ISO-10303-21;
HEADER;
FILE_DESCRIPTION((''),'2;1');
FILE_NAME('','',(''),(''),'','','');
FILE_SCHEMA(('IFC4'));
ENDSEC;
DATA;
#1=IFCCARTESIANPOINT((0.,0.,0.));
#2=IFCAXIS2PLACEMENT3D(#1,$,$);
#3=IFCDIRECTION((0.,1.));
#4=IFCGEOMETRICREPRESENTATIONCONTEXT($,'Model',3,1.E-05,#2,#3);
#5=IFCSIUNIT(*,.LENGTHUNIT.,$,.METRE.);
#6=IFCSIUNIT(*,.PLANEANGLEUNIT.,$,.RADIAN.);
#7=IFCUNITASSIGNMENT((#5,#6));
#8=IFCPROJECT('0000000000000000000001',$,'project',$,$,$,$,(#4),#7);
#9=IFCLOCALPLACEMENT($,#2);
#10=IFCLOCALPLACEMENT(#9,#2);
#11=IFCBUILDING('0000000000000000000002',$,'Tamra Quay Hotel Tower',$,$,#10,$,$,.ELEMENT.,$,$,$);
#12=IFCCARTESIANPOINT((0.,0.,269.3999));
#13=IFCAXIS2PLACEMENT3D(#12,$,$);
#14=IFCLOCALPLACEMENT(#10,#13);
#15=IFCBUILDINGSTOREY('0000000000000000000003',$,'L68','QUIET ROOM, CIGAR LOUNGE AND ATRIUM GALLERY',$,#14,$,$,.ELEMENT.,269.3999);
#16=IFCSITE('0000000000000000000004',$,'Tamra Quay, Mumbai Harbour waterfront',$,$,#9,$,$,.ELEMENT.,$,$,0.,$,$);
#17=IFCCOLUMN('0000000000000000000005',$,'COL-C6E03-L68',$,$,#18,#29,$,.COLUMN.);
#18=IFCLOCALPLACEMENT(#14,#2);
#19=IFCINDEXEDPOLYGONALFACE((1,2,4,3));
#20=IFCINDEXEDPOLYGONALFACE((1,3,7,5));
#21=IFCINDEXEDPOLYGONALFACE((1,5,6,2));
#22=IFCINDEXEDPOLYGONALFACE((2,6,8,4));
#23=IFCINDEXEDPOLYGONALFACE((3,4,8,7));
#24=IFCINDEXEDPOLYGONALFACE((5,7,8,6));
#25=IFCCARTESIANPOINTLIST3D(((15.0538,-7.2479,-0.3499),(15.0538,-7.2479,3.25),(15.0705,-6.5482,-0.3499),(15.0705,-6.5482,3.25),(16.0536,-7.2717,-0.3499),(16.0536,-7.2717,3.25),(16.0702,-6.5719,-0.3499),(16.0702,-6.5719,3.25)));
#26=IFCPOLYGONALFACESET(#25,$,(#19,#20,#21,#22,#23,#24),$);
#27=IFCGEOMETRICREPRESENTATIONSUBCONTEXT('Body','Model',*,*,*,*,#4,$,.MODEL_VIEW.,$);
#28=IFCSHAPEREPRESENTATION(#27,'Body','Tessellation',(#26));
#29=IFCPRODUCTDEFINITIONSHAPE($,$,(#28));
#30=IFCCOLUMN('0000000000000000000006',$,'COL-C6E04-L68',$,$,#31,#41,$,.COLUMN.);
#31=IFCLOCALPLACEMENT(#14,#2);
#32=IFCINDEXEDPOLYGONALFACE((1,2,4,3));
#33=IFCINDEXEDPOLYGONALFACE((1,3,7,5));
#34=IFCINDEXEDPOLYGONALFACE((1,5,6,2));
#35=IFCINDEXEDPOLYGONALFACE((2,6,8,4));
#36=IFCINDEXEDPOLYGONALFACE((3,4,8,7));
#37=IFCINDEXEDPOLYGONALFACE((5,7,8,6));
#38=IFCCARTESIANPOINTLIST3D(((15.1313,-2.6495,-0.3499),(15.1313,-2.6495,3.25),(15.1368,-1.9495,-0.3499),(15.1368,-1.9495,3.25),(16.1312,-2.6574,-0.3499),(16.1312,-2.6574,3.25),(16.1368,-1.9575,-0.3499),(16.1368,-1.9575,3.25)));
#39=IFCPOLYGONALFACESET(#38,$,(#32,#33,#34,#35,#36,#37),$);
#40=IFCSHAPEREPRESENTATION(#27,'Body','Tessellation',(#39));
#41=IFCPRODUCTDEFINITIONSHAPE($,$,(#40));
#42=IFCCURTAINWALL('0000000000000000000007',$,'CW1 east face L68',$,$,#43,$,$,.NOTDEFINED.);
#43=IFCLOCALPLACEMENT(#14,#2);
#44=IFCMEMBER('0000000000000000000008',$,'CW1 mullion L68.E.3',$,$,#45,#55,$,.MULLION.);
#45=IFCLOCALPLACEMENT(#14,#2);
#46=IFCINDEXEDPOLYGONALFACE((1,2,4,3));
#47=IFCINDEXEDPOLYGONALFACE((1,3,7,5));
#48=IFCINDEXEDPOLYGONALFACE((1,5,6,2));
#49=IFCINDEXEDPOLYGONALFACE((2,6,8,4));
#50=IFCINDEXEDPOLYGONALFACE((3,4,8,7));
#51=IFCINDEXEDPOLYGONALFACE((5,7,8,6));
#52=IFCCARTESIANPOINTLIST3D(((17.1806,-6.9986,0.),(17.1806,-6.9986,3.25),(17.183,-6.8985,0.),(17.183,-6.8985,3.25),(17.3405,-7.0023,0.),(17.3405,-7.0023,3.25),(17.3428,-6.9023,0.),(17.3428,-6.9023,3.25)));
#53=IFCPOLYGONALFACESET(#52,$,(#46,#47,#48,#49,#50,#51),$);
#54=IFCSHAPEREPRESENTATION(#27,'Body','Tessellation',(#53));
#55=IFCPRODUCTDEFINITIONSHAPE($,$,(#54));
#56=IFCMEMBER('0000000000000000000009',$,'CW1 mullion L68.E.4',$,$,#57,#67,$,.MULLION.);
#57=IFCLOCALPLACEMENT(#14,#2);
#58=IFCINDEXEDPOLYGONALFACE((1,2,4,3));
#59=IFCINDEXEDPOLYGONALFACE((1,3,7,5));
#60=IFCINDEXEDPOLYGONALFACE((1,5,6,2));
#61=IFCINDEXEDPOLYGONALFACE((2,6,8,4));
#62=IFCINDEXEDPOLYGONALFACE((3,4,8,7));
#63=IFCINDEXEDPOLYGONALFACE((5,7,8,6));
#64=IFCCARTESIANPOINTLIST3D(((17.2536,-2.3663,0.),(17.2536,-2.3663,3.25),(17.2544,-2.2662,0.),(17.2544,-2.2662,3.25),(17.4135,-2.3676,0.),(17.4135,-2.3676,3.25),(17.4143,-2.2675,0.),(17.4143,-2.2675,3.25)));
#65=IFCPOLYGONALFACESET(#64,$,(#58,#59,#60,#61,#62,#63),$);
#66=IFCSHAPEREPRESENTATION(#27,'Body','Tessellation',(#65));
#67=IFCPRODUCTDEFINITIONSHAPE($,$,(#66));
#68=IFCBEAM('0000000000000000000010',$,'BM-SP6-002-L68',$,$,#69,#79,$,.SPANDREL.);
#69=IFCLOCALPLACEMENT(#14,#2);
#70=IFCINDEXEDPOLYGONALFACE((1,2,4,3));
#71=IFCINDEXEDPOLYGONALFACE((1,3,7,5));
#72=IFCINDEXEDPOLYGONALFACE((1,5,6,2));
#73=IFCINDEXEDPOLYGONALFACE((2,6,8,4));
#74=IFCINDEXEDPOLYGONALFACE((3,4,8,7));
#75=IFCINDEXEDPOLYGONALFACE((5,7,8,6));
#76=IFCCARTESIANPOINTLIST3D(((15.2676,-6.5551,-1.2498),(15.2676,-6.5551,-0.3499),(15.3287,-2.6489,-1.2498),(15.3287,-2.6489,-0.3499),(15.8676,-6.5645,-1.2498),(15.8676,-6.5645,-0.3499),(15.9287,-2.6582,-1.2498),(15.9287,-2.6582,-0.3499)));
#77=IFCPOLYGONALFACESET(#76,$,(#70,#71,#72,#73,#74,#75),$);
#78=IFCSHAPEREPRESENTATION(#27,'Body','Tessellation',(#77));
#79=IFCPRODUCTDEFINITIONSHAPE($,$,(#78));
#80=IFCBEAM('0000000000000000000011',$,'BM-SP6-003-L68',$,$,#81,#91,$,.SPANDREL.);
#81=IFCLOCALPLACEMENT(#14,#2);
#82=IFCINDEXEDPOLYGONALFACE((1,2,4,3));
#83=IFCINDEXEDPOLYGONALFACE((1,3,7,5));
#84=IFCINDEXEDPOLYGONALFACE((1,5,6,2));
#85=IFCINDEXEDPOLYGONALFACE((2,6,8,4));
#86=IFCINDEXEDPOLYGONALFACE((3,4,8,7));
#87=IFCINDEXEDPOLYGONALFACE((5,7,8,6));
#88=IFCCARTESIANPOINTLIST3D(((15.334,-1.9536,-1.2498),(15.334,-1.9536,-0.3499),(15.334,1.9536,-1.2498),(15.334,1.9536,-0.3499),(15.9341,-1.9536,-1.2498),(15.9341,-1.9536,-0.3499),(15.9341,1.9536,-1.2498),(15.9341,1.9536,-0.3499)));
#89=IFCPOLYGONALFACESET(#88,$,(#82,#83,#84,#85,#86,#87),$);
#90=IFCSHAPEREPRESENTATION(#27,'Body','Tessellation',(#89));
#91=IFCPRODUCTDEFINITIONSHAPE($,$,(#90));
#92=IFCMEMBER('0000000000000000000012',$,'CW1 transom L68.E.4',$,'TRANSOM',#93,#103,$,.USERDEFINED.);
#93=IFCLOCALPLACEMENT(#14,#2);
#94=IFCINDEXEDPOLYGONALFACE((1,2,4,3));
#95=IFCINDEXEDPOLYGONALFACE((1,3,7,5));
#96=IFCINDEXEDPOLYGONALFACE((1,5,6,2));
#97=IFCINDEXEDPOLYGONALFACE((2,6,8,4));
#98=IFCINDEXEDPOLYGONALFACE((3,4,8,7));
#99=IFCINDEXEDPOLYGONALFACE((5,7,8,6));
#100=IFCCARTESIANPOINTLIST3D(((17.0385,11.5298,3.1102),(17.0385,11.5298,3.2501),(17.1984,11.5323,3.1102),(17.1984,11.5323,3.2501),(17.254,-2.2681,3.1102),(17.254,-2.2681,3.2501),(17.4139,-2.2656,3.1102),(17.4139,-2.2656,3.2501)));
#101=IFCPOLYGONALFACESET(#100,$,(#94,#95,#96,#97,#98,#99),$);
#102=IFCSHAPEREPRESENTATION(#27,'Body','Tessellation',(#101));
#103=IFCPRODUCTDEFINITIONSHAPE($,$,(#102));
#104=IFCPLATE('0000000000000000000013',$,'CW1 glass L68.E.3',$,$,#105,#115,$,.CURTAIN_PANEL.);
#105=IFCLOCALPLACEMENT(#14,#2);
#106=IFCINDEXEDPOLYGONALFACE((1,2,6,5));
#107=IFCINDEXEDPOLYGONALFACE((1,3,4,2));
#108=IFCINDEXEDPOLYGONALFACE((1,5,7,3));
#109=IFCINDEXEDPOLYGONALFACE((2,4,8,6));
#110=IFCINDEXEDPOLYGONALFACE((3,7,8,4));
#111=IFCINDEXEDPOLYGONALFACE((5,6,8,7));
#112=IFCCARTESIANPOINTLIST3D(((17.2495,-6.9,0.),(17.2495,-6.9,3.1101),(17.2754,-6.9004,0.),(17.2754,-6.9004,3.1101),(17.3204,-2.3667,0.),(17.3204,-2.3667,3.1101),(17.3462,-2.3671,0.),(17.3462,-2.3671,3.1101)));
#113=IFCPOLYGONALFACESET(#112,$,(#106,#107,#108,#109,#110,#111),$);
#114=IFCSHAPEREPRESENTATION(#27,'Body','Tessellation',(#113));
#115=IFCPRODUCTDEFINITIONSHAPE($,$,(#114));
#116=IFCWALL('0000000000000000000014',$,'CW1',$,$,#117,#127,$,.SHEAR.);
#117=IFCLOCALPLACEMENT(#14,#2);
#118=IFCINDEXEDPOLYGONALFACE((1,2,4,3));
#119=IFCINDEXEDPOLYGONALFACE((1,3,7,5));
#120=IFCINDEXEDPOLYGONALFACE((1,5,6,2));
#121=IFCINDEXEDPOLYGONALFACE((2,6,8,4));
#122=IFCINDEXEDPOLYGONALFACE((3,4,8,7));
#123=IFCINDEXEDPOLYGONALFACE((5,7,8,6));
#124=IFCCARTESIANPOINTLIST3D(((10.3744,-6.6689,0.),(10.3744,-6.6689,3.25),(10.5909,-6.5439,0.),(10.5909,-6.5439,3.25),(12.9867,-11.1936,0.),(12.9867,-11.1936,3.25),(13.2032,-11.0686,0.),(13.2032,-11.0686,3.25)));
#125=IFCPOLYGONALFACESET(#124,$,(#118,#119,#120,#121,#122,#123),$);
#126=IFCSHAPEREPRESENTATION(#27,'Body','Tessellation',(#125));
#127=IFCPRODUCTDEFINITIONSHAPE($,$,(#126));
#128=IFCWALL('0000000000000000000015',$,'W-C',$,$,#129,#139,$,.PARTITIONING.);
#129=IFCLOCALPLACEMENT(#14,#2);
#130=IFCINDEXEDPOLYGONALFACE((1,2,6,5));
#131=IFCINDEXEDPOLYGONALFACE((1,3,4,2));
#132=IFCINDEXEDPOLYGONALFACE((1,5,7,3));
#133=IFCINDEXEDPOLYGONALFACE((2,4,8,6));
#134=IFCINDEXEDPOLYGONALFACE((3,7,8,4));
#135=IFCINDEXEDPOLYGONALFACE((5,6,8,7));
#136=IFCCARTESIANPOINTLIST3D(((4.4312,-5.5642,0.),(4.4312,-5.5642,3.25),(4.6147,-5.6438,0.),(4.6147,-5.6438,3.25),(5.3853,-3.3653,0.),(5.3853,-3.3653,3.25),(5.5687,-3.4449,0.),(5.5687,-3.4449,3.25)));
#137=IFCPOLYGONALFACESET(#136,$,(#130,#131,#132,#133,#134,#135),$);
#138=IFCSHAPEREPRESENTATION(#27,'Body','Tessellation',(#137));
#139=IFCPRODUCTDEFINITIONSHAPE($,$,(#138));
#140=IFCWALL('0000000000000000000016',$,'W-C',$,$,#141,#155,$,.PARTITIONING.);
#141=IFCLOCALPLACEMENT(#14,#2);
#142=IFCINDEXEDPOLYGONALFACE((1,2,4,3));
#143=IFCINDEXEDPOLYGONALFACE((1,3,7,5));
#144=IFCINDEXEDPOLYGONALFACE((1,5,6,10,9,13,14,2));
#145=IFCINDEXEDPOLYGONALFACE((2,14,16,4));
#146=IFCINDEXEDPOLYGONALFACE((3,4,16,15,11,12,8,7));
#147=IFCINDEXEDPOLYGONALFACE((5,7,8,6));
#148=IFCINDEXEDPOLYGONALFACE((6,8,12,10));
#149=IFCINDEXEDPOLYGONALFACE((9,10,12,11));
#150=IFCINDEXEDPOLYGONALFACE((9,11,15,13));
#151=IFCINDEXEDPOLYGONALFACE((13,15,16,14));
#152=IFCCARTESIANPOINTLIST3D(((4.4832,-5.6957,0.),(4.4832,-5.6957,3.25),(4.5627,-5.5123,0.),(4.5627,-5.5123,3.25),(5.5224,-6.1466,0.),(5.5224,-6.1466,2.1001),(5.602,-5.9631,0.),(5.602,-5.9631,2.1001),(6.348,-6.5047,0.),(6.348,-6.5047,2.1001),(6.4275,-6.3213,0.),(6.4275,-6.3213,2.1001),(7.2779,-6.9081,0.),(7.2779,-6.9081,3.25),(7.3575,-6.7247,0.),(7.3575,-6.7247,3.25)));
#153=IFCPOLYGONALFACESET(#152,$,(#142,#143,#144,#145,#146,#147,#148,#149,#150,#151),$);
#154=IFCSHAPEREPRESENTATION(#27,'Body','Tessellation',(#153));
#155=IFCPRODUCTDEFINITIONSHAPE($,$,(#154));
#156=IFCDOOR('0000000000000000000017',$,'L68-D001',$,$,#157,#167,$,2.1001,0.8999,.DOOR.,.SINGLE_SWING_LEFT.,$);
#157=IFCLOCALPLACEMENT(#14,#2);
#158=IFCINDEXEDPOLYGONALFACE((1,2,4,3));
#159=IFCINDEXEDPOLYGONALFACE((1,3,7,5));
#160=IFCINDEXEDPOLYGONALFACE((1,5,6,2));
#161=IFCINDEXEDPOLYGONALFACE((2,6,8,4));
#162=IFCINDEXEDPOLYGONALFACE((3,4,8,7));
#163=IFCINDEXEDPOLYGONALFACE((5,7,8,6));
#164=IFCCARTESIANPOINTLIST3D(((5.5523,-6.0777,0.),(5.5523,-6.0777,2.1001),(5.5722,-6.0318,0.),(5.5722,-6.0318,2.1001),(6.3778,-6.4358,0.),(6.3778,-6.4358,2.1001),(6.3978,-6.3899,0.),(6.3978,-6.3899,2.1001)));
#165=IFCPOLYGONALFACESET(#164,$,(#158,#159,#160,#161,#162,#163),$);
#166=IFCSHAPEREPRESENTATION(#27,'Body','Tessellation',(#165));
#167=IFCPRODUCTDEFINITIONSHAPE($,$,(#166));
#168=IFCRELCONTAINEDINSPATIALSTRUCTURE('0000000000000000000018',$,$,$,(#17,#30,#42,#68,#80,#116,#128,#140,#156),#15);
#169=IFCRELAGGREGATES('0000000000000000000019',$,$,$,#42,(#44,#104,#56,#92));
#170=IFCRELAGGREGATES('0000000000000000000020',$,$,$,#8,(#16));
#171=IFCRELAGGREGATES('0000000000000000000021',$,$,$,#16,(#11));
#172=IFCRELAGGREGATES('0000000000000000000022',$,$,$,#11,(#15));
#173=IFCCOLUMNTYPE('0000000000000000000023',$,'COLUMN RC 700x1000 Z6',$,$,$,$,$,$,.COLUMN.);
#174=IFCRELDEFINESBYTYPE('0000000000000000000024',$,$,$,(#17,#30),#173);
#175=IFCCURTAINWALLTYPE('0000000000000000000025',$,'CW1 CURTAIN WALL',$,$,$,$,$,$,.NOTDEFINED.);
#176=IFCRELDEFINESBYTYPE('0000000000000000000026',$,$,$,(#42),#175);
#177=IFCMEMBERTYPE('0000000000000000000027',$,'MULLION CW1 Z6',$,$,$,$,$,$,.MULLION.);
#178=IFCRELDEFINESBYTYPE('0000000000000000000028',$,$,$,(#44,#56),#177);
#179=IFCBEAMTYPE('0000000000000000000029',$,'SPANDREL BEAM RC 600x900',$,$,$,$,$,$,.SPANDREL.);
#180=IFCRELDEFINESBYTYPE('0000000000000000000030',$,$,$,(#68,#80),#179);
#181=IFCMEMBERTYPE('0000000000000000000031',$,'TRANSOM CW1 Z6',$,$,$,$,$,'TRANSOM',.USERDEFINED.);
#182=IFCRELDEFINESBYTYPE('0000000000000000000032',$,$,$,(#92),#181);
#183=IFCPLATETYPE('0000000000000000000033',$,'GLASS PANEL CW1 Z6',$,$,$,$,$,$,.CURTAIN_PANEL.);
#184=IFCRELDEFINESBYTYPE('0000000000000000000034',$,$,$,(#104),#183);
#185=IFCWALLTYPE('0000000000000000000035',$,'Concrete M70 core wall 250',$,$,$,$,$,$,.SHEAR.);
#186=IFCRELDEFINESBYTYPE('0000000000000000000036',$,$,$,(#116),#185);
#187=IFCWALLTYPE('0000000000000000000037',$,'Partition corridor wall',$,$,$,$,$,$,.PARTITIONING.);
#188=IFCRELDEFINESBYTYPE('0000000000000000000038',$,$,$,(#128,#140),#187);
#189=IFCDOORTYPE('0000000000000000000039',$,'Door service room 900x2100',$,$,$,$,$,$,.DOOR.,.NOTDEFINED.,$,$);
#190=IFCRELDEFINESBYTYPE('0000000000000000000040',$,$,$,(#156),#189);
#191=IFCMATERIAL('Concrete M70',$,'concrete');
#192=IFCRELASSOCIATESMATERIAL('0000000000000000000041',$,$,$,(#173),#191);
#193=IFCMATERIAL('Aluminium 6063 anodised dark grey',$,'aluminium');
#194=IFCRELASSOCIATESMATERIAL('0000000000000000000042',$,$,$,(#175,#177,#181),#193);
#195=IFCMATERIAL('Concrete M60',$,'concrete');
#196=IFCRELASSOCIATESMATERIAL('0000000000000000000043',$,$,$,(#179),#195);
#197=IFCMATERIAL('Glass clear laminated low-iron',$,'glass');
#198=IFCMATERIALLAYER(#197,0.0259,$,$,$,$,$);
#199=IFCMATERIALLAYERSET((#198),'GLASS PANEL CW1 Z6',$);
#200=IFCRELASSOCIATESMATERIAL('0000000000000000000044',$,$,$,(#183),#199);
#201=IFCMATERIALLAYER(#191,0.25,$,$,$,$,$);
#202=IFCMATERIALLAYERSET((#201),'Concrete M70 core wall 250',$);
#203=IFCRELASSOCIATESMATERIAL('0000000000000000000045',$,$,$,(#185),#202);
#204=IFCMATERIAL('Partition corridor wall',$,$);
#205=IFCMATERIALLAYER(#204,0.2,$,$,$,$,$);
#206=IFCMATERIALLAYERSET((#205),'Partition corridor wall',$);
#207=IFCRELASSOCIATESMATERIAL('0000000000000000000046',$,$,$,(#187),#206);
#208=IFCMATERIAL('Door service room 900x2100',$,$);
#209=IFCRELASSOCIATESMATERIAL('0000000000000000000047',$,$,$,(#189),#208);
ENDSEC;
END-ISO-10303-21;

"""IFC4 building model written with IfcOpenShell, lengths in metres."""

from ifc_helpers import new_model, si_unit, direction, frame, frame_2d, origin, origin_2d, place, context, subcontext, project, spatial, rectangle, extrude, material, layer, layer_set, material_profile, profile_set, type_object, element, fill, aggregate, save


model = new_model("IFC4")

# Units and contexts
model_context = context("Model", 3, precision=1e-05, world=origin(), true_north=direction((0.0, 1.0)))
body_context = subcontext(model_context, "Body", "Model", "MODEL_VIEW")
ifc_project = project(units=[si_unit("LENGTHUNIT", "METRE"), si_unit("PLANEANGLEUNIT", "RADIAN")], contexts=[model_context])

# Site, building, storey
site_placement = place(None, origin())
site = spatial("IfcSite", under=ifc_project, at=site_placement, Name="Tamra Quay, Mumbai Harbour waterfront", CompositionType="ELEMENT", RefElevation=0.0)
building_placement = place(site_placement, origin())
building = spatial("IfcBuilding", under=site, at=building_placement, Name="Tamra Quay Hotel Tower", CompositionType="ELEMENT")
storey_placement = place(building_placement, frame((0.0, 0.0, 269.3999)))
storey = spatial("IfcBuildingStorey", under=building, at=storey_placement, Name="L68", Description="QUIET ROOM, CIGAR LOUNGE AND ATRIUM GALLERY", CompositionType="ELEMENT", Elevation=269.3999)

# Columns
ifc_material_1 = material(Name="Concrete M70", Category="concrete")
ifc_material_profile_1 = material_profile(ifc_material_1, rectangle(XDim=1.0, YDim=0.7, at=origin_2d()), Name="COLUMN RC 700x1000 Z6")
ifc_profile_set_1 = profile_set([ifc_material_profile_1], Name="Concrete M70")
column_type = type_object("IfcColumnType", Name="COLUMN RC 700x1000 Z6", PredefinedType="COLUMN", material=ifc_profile_set_1)
for number, where, z_axis, x_axis, name in (
    (1, (15.562, -6.9099, -0.3499), (0.0, 0.0, 1.0), (-0.999718, 0.023753, 0.0), "COL-C6E03-L68"),
    (2, (15.634, -2.3035, -0.3499), (0.0, 0.0, 1.0), (-0.999969, 0.00792, 0.0), "COL-C6E04-L68"),
):
    element("IfcColumn", number, at=place(storey_placement, frame(where, z_axis=z_axis, x_axis=x_axis)), inside=storey, type_object=column_type, Name=name, PredefinedType="COLUMN", context=body_context, shape_type="SweptSolid", body=[
        extrude(rectangle(XDim=1.0, YDim=0.7, at=origin_2d()), origin(), (0.0, 0.0, 1.0), 3.5999),
    ])

# Curtain wall, members
ifc_material_2 = material(Name="Aluminium 6063 anodised dark grey", Category="aluminium")
curtain_wall_type = type_object("IfcCurtainWallType", Name="CW1 CURTAIN WALL", PredefinedType="NOTDEFINED", material=ifc_material_2)
curtain_wall_placement = place(storey_placement, origin())
curtain_wall = element("IfcCurtainWall", 3, at=curtain_wall_placement, inside=storey, type_object=curtain_wall_type, Name="CW1 east face L68", PredefinedType="NOTDEFINED")
ifc_material_profile_2 = material_profile(ifc_material_2, rectangle(XDim=0.1599, YDim=0.1001, at=origin_2d()), Name="MULLION 100X160")
ifc_profile_set_2 = profile_set([ifc_material_profile_2], Name="Aluminium 6063 anodised dark grey")
member_type_1 = type_object("IfcMemberType", Name="MULLION CW1 Z6", PredefinedType="MULLION", material=ifc_profile_set_2)
member_1_placement = place(storey_placement, frame((17.2617, -6.9504, 0.0), z_axis=(0.0, 0.0, 1.0), x_axis=(0.999725, -0.023438, 0.0)))
member_1 = element("IfcMember", 4, at=member_1_placement, type_object=member_type_1, Name="CW1 mullion L68.E.3", PredefinedType="MULLION", context=body_context, shape_type="SweptSolid", body=[
    extrude(rectangle(XDim=0.1599, YDim=0.1001, at=origin_2d()), origin(), (0.0, 0.0, 1.0), 3.25),
])
member_2_placement = place(storey_placement, frame((17.334, -2.3169, 0.0), z_axis=(0.0, 0.0, 1.0), x_axis=(0.999969, -0.007816, 0.0)))
member_2 = element("IfcMember", 5, at=member_2_placement, type_object=member_type_1, Name="CW1 mullion L68.E.4", PredefinedType="MULLION", context=body_context, shape_type="SweptSolid", body=[
    extrude(rectangle(XDim=0.1599, YDim=0.1001, at=origin_2d()), origin(), (0.0, 0.0, 1.0), 3.25),
])

# Beams
ifc_material_3 = material(Name="Concrete M60", Category="concrete")
ifc_material_profile_3 = material_profile(ifc_material_3, rectangle(XDim=0.6001, YDim=0.8999, at=origin_2d()), Name="SPANDREL BEAM RC 600x900")
ifc_profile_set_3 = profile_set([ifc_material_profile_3], Name="Concrete M60")
beam_type = type_object("IfcBeamType", Name="SPANDREL BEAM RC 600x900", PredefinedType="SPANDREL", material=ifc_profile_set_3)
beam_1_placement = place(storey_placement, frame((15.5676, -6.5598, -0.7998), z_axis=(0.015623, 0.999878, 0.0), x_axis=(-0.999878, 0.015623, 0.0)))
element("IfcBeam", 6, at=beam_1_placement, inside=storey, type_object=beam_type, Name="BM-SP6-002-L68", PredefinedType="SPANDREL", context=body_context, shape_type="SweptSolid", body=[
    extrude(rectangle(XDim=0.6001, YDim=0.8999, at=origin_2d()), origin(), (0.0, 0.0, 1.0), 3.9067),
])
beam_2_placement = place(storey_placement, frame((15.634, -1.9536, -0.7998), z_axis=(0.0, 1.0, 0.0), x_axis=(-1.0, 0.0, 0.0)))
element("IfcBeam", 7, at=beam_2_placement, inside=storey, type_object=beam_type, Name="BM-SP6-003-L68", PredefinedType="SPANDREL", context=body_context, shape_type="SweptSolid", body=[
    extrude(rectangle(XDim=0.6001, YDim=0.8999, at=origin_2d()), origin(), (0.0, 0.0, 1.0), 3.9072),
])

# Member
ifc_material_profile_4 = material_profile(ifc_material_2, rectangle(XDim=0.1599, YDim=0.1399, at=origin_2d()), Name="TRANSOM 160X140")
ifc_profile_set_4 = profile_set([ifc_material_profile_4], Name="Aluminium 6063 anodised dark grey")
member_type_2 = type_object("IfcMemberType", Name="TRANSOM CW1 Z6", ElementType="TRANSOM", PredefinedType="USERDEFINED", material=ifc_profile_set_4)
member_3_placement = place(storey_placement, frame((17.334, -2.2668, 3.1802), z_axis=(-0.015622, 0.999878, 0.0), x_axis=(-0.999878, -0.015622, 0.0)))
member_3 = element("IfcMember", 8, at=member_3_placement, type_object=member_type_2, Name="CW1 transom L68.E.4", ObjectType="TRANSOM", PredefinedType="USERDEFINED", context=body_context, shape_type="SweptSolid", body=[
    extrude(rectangle(XDim=0.1599, YDim=0.1399, at=origin_2d()), origin(), (0.0, 0.0, 1.0), 13.7996),
])

# Plate
ifc_material_4 = material(Name="Glass clear laminated low-iron", Category="glass")
ifc_layer_1 = layer(ifc_material_4, 0.0259)
ifc_layer_set_1 = layer_set([ifc_layer_1], Name="GLASS PANEL CW1 Z6")
plate_type = type_object("IfcPlateType", Name="GLASS PANEL CW1 Z6", PredefinedType="CURTAIN_PANEL", material=ifc_layer_set_1)
plate_placement = place(storey_placement, frame((17.2979, -4.6335, 0.0), z_axis=(0.0, 0.0, 1.0), x_axis=(0.015632, 0.999878, 0.0)))
plate = element("IfcPlate", 9, at=plate_placement, type_object=plate_type, Name="CW1 glass L68.E.3", PredefinedType="CURTAIN_PANEL", context=body_context, shape_type="SweptSolid", body=[
    extrude(rectangle(XDim=4.5339, YDim=0.0259, at=origin_2d()), origin(), (0.0, 0.0, 1.0), 3.1101),
])
aggregate(curtain_wall, [member_1, plate, member_2, member_3])

# Walls
ifc_layer_2 = layer(ifc_material_1, 0.25)
ifc_layer_set_2 = layer_set([ifc_layer_2], Name="Concrete M70 core wall 250")
wall_type_1 = type_object("IfcWallType", Name="Concrete M70 core wall 250", PredefinedType="SHEAR", material=ifc_layer_set_2)
wall_1_placement = place(storey_placement, frame((10.4827, -6.6064, 0.0), z_axis=(0.0, 0.0, 1.0), x_axis=(0.499999, -0.866026, 0.0)))
element("IfcWall", 10, at=wall_1_placement, inside=storey, type_object=wall_type_1, Name="CW1", PredefinedType="SHEAR", context=body_context, shape_type="SweptSolid", body=[
    extrude(rectangle(XDim=5.2246, YDim=0.25, at=frame_2d((2.6123, 0.0))), origin(), (0.0, 0.0, 1.0), 3.25),
])
ifc_material_5 = material(Name="Partition corridor wall")
ifc_layer_3 = layer(ifc_material_5, 0.2)
ifc_layer_set_3 = layer_set([ifc_layer_3], Name="Partition corridor wall")
wall_type_2 = type_object("IfcWallType", Name="Partition corridor wall", PredefinedType="PARTITIONING", material=ifc_layer_set_3)
wall_2_placement = place(storey_placement, frame((4.5229, -5.604, 0.0), z_axis=(0.0, 0.0, 1.0), x_axis=(0.398033, 0.917371, 0.0)))
element("IfcWall", 11, at=wall_2_placement, inside=storey, type_object=wall_type_2, Name="W-C", PredefinedType="PARTITIONING", context=body_context, shape_type="SweptSolid", body=[
    extrude(rectangle(XDim=2.397, YDim=0.2, at=frame_2d((1.1985, 0.0))), origin(), (0.0, 0.0, 1.0), 3.25),
])

# Wall, opening, door
wall_3_placement = place(storey_placement, frame((4.5229, -5.604, 0.0), z_axis=(0.0, 0.0, 1.0), x_axis=(0.917391, -0.397987, 0.0)))
wall_3 = element("IfcWall", 12, at=wall_3_placement, inside=storey, type_object=wall_type_2, Name="W-C", PredefinedType="PARTITIONING", context=body_context, shape_type="SweptSolid", body=[
    extrude(rectangle(XDim=3.0464, YDim=0.2, at=frame_2d((1.5232, 0.0))), origin(), (0.0, 0.0, 1.0), 3.25),
])
opening_1_placement = place(wall_3_placement, frame((1.1328, 0.0, 0.0)))
opening_1 = element("IfcOpeningElement", 13, at=opening_1_placement, cuts=wall_3, PredefinedType="OPENING", context=body_context, shape_type="SweptSolid", body=[
    extrude(rectangle(XDim=0.8999, YDim=2.1001, at=frame_2d((0.45, 1.05))), frame((0.0, 0.1099, 0.0), z_axis=(0.0, -1.0, 0.0), x_axis=(1.0, 0.0, 0.0)), (0.0, 0.0, 1.0), 0.22),
])
ifc_material_6 = material(Name="Door service room 900x2100")
door_type_1 = type_object("IfcDoorType", Name="Door service room 900x2100", OperationType="NOTDEFINED", PredefinedType="DOOR", material=ifc_material_6)
door_1_placement = place(opening_1_placement, frame((0.8999, 0.0, 0.0), z_axis=(0.0, 0.0, 1.0), x_axis=(-1.0, 0.0, 0.0)))
door_1 = element("IfcDoor", 14, at=door_1_placement, inside=storey, type_object=door_type_1, Name="L68-D001", OperationType="SINGLE_SWING_LEFT", OverallHeight=2.1001, OverallWidth=0.8999, PredefinedType="DOOR", context=body_context, shape_type="SweptSolid", body=[
    extrude(rectangle(XDim=0.8999, YDim=2.1001, at=frame_2d((0.45, 1.05))), frame((0.0, 0.0249, 0.0), z_axis=(0.0, -1.0, 0.0), x_axis=(1.0, 0.0, 0.0)), (0.0, 0.0, 1.0), 0.05),
])
fill(opening_1, door_1)

save(model, "model.ifc")
